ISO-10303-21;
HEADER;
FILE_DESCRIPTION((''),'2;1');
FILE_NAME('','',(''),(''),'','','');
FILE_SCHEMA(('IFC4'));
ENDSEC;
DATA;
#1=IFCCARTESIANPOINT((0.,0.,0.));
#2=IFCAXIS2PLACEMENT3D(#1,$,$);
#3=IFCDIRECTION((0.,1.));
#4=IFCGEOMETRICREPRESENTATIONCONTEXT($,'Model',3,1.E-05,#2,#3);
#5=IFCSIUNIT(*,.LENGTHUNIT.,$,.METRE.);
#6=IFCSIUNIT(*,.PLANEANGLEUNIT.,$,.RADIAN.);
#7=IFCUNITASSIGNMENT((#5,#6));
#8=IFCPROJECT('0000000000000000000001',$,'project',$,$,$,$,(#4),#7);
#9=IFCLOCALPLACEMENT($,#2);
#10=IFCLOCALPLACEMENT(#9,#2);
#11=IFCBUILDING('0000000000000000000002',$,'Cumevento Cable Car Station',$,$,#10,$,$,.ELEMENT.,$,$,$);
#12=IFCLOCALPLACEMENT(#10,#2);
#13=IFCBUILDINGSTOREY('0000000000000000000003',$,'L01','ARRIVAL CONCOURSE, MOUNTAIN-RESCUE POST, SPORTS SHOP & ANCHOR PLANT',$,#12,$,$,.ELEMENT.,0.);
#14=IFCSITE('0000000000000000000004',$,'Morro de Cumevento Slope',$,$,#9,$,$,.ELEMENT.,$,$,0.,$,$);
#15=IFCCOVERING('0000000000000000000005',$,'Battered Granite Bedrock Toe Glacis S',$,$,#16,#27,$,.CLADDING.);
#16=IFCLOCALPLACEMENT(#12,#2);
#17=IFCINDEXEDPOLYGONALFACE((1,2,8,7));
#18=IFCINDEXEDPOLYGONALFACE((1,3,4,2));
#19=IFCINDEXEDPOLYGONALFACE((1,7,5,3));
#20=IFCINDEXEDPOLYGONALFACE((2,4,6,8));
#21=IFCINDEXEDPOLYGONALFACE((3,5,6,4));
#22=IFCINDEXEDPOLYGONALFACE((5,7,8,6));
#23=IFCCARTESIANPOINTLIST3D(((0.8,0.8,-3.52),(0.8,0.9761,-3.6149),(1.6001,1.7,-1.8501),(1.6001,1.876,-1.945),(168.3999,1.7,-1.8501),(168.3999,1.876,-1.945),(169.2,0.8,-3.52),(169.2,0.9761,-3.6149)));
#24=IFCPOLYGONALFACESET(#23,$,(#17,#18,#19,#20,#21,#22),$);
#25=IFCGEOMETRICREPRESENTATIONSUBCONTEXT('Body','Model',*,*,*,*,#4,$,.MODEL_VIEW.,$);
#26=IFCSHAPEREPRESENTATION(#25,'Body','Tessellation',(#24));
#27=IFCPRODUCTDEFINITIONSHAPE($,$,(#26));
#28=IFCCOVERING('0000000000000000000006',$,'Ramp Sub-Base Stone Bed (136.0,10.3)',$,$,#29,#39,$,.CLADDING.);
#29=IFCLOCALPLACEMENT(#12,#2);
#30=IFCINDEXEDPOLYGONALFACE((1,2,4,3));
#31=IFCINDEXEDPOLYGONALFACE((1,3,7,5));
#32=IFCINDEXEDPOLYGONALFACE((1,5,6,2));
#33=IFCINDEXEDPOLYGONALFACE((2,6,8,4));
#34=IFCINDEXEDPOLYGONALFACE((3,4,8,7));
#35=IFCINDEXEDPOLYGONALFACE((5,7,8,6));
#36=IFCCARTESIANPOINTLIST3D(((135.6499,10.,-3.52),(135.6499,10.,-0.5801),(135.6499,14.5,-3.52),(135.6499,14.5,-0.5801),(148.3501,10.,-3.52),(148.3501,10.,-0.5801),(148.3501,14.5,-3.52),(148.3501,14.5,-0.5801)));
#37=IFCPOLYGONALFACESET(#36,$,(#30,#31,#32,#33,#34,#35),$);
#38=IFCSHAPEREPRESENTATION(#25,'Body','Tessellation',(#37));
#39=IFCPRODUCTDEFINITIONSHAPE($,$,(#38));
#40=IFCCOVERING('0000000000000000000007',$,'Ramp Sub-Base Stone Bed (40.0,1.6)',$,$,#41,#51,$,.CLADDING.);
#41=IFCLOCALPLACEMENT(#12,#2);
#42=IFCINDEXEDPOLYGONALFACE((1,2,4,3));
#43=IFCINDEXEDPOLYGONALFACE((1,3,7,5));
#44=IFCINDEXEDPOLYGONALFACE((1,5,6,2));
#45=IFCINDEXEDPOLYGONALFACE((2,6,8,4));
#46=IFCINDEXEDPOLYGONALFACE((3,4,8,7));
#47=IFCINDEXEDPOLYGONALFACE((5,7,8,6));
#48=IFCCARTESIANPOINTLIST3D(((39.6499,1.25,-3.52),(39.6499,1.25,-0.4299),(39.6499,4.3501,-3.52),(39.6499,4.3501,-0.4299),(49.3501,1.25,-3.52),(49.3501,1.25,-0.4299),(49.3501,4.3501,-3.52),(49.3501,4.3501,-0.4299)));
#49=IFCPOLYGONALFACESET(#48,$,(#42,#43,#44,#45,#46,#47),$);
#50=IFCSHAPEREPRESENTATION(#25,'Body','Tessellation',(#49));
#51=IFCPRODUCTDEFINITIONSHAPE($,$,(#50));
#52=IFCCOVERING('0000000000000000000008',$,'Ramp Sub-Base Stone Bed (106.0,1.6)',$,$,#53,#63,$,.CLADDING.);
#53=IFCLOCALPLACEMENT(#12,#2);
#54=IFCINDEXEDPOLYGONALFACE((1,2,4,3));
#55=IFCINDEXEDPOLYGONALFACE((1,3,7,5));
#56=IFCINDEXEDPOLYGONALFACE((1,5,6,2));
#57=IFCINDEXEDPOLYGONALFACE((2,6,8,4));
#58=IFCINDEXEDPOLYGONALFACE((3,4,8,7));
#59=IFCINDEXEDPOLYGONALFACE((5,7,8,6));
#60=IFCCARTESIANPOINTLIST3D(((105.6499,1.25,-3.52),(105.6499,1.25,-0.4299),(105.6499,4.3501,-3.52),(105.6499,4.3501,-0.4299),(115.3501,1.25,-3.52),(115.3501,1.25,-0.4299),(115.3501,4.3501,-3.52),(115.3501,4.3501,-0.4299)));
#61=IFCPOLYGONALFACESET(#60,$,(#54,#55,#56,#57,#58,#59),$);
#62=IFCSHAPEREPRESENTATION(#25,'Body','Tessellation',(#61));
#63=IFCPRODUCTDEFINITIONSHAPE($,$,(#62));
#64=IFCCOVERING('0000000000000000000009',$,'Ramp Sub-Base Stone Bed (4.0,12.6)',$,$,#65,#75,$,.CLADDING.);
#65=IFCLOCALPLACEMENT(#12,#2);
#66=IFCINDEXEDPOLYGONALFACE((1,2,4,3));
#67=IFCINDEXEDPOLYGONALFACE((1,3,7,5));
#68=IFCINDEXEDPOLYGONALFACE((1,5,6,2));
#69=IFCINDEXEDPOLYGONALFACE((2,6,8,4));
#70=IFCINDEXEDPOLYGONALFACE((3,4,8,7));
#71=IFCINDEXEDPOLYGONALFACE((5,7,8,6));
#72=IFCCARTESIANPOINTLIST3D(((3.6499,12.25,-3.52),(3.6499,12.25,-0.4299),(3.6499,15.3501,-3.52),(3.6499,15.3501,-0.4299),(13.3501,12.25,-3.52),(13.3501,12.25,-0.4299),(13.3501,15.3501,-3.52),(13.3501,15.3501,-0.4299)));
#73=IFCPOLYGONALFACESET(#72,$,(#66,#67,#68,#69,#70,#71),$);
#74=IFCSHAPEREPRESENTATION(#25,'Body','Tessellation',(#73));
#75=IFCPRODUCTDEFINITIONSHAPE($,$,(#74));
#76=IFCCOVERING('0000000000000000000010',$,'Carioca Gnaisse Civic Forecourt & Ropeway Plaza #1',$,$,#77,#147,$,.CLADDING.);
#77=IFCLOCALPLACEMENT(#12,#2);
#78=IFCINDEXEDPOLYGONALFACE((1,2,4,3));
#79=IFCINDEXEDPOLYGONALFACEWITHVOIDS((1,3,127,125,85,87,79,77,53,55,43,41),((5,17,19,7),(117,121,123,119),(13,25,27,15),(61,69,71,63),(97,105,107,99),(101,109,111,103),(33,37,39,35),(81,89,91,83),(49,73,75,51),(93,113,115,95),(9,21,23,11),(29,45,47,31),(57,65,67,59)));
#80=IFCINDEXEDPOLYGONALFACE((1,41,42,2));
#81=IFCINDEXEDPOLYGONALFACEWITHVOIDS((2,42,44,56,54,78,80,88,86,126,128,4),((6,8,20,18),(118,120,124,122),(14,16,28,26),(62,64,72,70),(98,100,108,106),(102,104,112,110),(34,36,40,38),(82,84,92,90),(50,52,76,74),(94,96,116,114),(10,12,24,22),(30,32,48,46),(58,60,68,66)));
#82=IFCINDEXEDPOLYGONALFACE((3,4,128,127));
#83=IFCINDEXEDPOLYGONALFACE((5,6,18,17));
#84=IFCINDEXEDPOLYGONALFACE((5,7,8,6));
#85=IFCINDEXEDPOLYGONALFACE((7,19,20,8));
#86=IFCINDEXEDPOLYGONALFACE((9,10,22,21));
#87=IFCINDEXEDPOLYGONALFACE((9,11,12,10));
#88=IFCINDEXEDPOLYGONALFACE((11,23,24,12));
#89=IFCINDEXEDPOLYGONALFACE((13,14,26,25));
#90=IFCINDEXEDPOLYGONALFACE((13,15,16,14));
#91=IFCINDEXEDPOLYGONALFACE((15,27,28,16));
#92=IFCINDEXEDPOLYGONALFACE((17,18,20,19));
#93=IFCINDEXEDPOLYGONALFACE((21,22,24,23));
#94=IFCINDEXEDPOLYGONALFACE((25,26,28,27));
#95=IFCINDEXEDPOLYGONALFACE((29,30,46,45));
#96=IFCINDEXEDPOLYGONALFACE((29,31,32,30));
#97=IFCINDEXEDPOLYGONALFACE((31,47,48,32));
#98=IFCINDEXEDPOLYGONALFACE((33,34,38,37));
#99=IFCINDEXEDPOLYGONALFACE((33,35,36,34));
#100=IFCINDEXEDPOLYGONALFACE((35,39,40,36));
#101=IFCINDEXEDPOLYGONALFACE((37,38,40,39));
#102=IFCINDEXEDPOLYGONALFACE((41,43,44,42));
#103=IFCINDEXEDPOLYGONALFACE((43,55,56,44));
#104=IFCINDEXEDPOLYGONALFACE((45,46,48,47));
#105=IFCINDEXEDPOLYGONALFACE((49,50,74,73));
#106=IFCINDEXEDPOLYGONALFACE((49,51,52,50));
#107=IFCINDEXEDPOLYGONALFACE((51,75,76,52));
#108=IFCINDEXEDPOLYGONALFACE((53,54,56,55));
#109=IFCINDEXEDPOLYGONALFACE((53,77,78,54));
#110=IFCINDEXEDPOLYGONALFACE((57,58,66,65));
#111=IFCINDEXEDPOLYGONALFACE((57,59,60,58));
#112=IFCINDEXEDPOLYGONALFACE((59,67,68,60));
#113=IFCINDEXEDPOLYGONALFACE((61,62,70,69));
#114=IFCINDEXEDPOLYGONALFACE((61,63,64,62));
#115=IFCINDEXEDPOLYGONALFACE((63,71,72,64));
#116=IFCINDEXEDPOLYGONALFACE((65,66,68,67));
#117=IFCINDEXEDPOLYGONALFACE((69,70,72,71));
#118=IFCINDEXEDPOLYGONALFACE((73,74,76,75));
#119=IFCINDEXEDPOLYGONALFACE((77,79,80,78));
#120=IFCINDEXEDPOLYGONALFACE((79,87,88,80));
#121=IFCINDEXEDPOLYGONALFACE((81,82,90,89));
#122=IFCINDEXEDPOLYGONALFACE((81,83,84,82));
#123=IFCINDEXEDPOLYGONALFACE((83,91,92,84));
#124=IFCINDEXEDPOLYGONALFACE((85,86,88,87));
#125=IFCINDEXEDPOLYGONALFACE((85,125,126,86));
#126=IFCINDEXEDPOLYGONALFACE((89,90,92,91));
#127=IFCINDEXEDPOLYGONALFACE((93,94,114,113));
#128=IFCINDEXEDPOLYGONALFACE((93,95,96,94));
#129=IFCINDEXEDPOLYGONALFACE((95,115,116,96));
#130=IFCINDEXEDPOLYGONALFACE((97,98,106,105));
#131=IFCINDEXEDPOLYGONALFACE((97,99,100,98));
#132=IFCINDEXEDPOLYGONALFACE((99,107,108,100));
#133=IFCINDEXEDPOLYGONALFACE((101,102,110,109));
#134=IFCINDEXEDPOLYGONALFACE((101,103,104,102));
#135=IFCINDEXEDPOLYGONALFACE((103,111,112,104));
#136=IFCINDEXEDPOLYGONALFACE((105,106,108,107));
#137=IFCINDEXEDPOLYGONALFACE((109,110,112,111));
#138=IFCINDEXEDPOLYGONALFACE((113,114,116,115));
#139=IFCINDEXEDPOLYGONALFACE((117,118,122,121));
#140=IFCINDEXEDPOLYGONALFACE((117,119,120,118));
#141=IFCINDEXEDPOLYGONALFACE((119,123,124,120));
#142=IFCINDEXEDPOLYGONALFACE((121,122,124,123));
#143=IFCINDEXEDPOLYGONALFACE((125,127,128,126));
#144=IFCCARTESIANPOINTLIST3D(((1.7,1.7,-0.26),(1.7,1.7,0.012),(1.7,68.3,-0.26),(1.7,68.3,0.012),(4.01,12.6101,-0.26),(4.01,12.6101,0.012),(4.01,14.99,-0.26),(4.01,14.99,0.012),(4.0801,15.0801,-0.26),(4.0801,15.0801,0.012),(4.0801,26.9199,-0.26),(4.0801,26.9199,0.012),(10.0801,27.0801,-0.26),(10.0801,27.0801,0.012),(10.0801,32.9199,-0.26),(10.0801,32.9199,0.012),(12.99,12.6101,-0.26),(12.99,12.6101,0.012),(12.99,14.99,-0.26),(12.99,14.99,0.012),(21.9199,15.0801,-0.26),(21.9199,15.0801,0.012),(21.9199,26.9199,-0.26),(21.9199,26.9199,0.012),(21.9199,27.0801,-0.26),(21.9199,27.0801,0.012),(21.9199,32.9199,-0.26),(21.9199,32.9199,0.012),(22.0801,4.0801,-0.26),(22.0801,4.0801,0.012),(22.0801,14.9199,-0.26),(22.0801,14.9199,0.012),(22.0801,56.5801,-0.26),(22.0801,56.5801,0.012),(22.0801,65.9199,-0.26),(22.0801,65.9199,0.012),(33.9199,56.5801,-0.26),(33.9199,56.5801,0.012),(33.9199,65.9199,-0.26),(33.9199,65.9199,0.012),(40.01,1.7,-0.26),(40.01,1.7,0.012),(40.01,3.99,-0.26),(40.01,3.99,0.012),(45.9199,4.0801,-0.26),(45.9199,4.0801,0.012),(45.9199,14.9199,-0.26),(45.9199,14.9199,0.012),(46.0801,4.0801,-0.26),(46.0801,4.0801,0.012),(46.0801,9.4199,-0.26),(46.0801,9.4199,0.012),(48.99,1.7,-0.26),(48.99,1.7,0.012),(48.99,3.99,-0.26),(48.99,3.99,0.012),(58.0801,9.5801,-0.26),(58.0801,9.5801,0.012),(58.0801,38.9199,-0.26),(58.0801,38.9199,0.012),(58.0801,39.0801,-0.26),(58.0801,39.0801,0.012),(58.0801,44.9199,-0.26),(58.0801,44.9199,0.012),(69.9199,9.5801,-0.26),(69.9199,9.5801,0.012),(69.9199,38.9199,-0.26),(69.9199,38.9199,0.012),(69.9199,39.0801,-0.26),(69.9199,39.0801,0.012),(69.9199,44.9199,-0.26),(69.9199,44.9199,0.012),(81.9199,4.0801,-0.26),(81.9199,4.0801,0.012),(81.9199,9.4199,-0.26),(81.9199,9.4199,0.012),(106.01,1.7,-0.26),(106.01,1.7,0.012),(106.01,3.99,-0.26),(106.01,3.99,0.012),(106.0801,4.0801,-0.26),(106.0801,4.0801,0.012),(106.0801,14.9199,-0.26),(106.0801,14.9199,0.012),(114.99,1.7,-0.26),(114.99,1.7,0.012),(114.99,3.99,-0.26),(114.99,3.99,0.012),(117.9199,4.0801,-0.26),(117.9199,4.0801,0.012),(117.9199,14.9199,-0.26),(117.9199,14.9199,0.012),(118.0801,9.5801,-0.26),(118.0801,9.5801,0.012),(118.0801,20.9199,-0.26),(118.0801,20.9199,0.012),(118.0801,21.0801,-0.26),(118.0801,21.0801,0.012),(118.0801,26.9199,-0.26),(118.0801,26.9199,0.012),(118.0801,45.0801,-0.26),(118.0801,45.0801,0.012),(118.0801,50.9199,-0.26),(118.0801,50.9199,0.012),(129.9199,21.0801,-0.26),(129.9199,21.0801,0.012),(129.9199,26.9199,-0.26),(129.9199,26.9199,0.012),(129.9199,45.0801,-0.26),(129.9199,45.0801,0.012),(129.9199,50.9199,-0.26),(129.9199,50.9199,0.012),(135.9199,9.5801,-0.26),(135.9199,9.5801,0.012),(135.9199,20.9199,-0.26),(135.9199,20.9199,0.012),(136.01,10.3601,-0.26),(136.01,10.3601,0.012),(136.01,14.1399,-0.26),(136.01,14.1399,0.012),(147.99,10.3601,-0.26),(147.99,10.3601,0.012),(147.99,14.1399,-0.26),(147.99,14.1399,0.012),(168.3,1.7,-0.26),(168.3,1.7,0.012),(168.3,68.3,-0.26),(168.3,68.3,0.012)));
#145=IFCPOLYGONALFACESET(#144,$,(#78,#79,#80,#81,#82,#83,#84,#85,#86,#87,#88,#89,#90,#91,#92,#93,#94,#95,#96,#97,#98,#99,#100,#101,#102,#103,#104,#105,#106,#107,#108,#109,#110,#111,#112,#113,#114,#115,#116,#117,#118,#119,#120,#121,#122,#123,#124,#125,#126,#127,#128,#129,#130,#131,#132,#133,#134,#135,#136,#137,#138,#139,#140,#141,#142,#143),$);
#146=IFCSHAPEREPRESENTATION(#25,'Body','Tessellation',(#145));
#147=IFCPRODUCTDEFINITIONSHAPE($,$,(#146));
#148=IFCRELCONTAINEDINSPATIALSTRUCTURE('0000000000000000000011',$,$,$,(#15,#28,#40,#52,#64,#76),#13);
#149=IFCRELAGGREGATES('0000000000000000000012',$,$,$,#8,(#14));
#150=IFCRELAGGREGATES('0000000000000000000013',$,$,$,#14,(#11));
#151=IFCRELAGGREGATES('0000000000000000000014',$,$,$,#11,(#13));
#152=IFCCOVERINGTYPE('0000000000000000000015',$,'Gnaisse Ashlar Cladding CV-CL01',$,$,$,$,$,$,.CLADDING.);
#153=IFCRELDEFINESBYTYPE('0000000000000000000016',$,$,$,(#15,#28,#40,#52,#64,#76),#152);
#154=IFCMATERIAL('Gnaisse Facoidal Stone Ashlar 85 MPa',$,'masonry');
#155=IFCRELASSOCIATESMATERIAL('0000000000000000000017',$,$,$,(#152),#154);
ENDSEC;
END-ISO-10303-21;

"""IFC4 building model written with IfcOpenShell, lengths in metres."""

from ifc_helpers import new_model, si_unit, direction, frame, origin, place, context, subcontext, project, spatial, polyline, outline, extrude, material, type_object, element, save


model = new_model("IFC4")

# Units and contexts
model_context = context("Model", 3, precision=1e-05, world=origin(), true_north=direction((0.0, 1.0)))
body_context = subcontext(model_context, "Body", "Model", "MODEL_VIEW")
ifc_project = project(units=[si_unit("LENGTHUNIT", "METRE"), si_unit("PLANEANGLEUNIT", "RADIAN")], contexts=[model_context])

# Site, building, storey
site_placement = place(None, origin())
site = spatial("IfcSite", under=ifc_project, at=site_placement, Name="Morro de Cumevento Slope", CompositionType="ELEMENT", RefElevation=0.0)
building_placement = place(site_placement, origin())
building = spatial("IfcBuilding", under=site, at=building_placement, Name="Cumevento Cable Car Station", CompositionType="ELEMENT")
storey_placement = place(building_placement, origin())
storey = spatial("IfcBuildingStorey", under=building, at=storey_placement, Name="L01", Description="ARRIVAL CONCOURSE, MOUNTAIN-RESCUE POST, SPORTS SHOP & ANCHOR PLANT", CompositionType="ELEMENT", Elevation=0.0)

# Coverings
ifc_material_1 = material(Name="Gnaisse Facoidal Stone Ashlar 85 MPa", Category="masonry")
covering_type_1 = type_object("IfcCoveringType", Name="Gnaisse Ashlar Cladding CV-CL01", PredefinedType="CLADDING", material=ifc_material_1)
covering_1_placement = place(storey_placement, frame((0.8, 0.8, -3.52), z_axis=(0.0, -0.880314, 0.474391), x_axis=(1.0, 0.0, 0.0)))
element("IfcCovering", 1, at=covering_1_placement, inside=storey, type_object=covering_type_1, Name="Battered Granite Bedrock Toe Glacis S", PredefinedType="CLADDING", context=body_context, shape_type="SweptSolid", body=[
    extrude(outline(polyline([(0.0, 0.0), (168.3999, 0.0), (167.5999, 1.897), (0.8, 1.897), (0.0, 0.0)])), origin(), (0.0, 0.0, -1.0), 0.2),
])
covering_2_placement = place(storey_placement, frame((0.0, 0.0, -3.52)))
element("IfcCovering", 2, at=covering_2_placement, inside=storey, type_object=covering_type_1, Name="Ramp Sub-Base Stone Bed (136.0,10.3)", PredefinedType="CLADDING", context=body_context, shape_type="SweptSolid", body=[
    extrude(outline(polyline([(148.3501, 10.0), (148.3501, 14.5), (135.6499, 14.5), (135.6499, 10.0), (148.3501, 10.0)])), origin(), (0.0, 0.0, 1.0), 2.9399),
])
covering_3_placement = place(storey_placement, frame((0.0, 0.0, -3.52)))
element("IfcCovering", 3, at=covering_3_placement, inside=storey, type_object=covering_type_1, Name="Ramp Sub-Base Stone Bed (40.0,1.6)", PredefinedType="CLADDING", context=body_context, shape_type="SweptSolid", body=[
    extrude(outline(polyline([(49.3501, 1.25), (49.3501, 4.3501), (39.6499, 4.3501), (39.6499, 1.25), (49.3501, 1.25)])), origin(), (0.0, 0.0, 1.0), 3.0901),
])
covering_4_placement = place(storey_placement, frame((0.0, 0.0, -3.52)))
element("IfcCovering", 4, at=covering_4_placement, inside=storey, type_object=covering_type_1, Name="Ramp Sub-Base Stone Bed (106.0,1.6)", PredefinedType="CLADDING", context=body_context, shape_type="SweptSolid", body=[
    extrude(outline(polyline([(115.3501, 1.25), (115.3501, 4.3501), (105.6499, 4.3501), (105.6499, 1.25), (115.3501, 1.25)])), origin(), (0.0, 0.0, 1.0), 3.0901),
])
covering_5_placement = place(storey_placement, frame((0.0, 0.0, -3.52)))
element("IfcCovering", 5, at=covering_5_placement, inside=storey, type_object=covering_type_1, Name="Ramp Sub-Base Stone Bed (4.0,12.6)", PredefinedType="CLADDING", context=body_context, shape_type="SweptSolid", body=[
    extrude(outline(polyline([(13.3501, 12.25), (13.3501, 15.3501), (3.6499, 15.3501), (3.6499, 12.25), (13.3501, 12.25)])), origin(), (0.0, 0.0, 1.0), 3.0901),
])
covering_6_placement = place(storey_placement, frame((0.0, 0.0, -0.26)))
element("IfcCovering", 6, at=covering_6_placement, inside=storey, type_object=covering_type_1, Name="Carioca Gnaisse Civic Forecourt & Ropeway Plaza #1", PredefinedType="CLADDING", context=body_context, shape_type="SweptSolid", body=[
    extrude(outline(polyline([(1.7, 1.7), (1.7, 68.3), (168.3, 68.3), (168.3, 1.7), (114.99, 1.7), (114.99, 3.99), (106.01, 3.99), (106.01, 1.7), (48.99, 1.7), (48.99, 3.99), (40.01, 3.99), (40.01, 1.7), (1.7, 1.7)]), holes=[polyline([(81.9199, 9.4199), (46.0801, 9.4199), (46.0801, 4.0801), (81.9199, 4.0801), (81.9199, 9.4199)]), polyline([(45.9199, 14.9199), (22.0801, 14.9199), (22.0801, 4.0801), (45.9199, 4.0801), (45.9199, 14.9199)]), polyline([(12.99, 14.99), (4.01, 14.99), (4.01, 12.6101), (12.99, 12.6101), (12.99, 14.99)]), polyline([(21.9199, 26.9199), (4.0801, 26.9199), (4.0801, 15.0801), (21.9199, 15.0801), (21.9199, 26.9199)]), polyline([(69.9199, 38.9199), (58.0801, 38.9199), (58.0801, 9.5801), (69.9199, 9.5801), (69.9199, 38.9199)]), polyline([(21.9199, 32.9199), (10.0801, 32.9199), (10.0801, 27.0801), (21.9199, 27.0801), (21.9199, 32.9199)]), polyline([(33.9199, 65.9199), (22.0801, 65.9199), (22.0801, 56.5801), (33.9199, 56.5801), (33.9199, 65.9199)]), polyline([(117.9199, 14.9199), (106.0801, 14.9199), (106.0801, 4.0801), (117.9199, 4.0801), (117.9199, 14.9199)]), polyline([(147.99, 14.1399), (136.01, 14.1399), (136.01, 10.3601), (147.99, 10.3601), (147.99, 14.1399)]), polyline([(135.9199, 20.9199), (118.0801, 20.9199), (118.0801, 9.5801), (135.9199, 9.5801), (135.9199, 20.9199)]), polyline([(129.9199, 26.9199), (118.0801, 26.9199), (118.0801, 21.0801), (129.9199, 21.0801), (129.9199, 26.9199)]), polyline([(69.9199, 44.9199), (58.0801, 44.9199), (58.0801, 39.0801), (69.9199, 39.0801), (69.9199, 44.9199)]), polyline([(129.9199, 50.9199), (118.0801, 50.9199), (118.0801, 45.0801), (129.9199, 45.0801), (129.9199, 50.9199)])]), origin(), (0.0, 0.0, 1.0), 0.272),
])

save(model, "model.ifc")
